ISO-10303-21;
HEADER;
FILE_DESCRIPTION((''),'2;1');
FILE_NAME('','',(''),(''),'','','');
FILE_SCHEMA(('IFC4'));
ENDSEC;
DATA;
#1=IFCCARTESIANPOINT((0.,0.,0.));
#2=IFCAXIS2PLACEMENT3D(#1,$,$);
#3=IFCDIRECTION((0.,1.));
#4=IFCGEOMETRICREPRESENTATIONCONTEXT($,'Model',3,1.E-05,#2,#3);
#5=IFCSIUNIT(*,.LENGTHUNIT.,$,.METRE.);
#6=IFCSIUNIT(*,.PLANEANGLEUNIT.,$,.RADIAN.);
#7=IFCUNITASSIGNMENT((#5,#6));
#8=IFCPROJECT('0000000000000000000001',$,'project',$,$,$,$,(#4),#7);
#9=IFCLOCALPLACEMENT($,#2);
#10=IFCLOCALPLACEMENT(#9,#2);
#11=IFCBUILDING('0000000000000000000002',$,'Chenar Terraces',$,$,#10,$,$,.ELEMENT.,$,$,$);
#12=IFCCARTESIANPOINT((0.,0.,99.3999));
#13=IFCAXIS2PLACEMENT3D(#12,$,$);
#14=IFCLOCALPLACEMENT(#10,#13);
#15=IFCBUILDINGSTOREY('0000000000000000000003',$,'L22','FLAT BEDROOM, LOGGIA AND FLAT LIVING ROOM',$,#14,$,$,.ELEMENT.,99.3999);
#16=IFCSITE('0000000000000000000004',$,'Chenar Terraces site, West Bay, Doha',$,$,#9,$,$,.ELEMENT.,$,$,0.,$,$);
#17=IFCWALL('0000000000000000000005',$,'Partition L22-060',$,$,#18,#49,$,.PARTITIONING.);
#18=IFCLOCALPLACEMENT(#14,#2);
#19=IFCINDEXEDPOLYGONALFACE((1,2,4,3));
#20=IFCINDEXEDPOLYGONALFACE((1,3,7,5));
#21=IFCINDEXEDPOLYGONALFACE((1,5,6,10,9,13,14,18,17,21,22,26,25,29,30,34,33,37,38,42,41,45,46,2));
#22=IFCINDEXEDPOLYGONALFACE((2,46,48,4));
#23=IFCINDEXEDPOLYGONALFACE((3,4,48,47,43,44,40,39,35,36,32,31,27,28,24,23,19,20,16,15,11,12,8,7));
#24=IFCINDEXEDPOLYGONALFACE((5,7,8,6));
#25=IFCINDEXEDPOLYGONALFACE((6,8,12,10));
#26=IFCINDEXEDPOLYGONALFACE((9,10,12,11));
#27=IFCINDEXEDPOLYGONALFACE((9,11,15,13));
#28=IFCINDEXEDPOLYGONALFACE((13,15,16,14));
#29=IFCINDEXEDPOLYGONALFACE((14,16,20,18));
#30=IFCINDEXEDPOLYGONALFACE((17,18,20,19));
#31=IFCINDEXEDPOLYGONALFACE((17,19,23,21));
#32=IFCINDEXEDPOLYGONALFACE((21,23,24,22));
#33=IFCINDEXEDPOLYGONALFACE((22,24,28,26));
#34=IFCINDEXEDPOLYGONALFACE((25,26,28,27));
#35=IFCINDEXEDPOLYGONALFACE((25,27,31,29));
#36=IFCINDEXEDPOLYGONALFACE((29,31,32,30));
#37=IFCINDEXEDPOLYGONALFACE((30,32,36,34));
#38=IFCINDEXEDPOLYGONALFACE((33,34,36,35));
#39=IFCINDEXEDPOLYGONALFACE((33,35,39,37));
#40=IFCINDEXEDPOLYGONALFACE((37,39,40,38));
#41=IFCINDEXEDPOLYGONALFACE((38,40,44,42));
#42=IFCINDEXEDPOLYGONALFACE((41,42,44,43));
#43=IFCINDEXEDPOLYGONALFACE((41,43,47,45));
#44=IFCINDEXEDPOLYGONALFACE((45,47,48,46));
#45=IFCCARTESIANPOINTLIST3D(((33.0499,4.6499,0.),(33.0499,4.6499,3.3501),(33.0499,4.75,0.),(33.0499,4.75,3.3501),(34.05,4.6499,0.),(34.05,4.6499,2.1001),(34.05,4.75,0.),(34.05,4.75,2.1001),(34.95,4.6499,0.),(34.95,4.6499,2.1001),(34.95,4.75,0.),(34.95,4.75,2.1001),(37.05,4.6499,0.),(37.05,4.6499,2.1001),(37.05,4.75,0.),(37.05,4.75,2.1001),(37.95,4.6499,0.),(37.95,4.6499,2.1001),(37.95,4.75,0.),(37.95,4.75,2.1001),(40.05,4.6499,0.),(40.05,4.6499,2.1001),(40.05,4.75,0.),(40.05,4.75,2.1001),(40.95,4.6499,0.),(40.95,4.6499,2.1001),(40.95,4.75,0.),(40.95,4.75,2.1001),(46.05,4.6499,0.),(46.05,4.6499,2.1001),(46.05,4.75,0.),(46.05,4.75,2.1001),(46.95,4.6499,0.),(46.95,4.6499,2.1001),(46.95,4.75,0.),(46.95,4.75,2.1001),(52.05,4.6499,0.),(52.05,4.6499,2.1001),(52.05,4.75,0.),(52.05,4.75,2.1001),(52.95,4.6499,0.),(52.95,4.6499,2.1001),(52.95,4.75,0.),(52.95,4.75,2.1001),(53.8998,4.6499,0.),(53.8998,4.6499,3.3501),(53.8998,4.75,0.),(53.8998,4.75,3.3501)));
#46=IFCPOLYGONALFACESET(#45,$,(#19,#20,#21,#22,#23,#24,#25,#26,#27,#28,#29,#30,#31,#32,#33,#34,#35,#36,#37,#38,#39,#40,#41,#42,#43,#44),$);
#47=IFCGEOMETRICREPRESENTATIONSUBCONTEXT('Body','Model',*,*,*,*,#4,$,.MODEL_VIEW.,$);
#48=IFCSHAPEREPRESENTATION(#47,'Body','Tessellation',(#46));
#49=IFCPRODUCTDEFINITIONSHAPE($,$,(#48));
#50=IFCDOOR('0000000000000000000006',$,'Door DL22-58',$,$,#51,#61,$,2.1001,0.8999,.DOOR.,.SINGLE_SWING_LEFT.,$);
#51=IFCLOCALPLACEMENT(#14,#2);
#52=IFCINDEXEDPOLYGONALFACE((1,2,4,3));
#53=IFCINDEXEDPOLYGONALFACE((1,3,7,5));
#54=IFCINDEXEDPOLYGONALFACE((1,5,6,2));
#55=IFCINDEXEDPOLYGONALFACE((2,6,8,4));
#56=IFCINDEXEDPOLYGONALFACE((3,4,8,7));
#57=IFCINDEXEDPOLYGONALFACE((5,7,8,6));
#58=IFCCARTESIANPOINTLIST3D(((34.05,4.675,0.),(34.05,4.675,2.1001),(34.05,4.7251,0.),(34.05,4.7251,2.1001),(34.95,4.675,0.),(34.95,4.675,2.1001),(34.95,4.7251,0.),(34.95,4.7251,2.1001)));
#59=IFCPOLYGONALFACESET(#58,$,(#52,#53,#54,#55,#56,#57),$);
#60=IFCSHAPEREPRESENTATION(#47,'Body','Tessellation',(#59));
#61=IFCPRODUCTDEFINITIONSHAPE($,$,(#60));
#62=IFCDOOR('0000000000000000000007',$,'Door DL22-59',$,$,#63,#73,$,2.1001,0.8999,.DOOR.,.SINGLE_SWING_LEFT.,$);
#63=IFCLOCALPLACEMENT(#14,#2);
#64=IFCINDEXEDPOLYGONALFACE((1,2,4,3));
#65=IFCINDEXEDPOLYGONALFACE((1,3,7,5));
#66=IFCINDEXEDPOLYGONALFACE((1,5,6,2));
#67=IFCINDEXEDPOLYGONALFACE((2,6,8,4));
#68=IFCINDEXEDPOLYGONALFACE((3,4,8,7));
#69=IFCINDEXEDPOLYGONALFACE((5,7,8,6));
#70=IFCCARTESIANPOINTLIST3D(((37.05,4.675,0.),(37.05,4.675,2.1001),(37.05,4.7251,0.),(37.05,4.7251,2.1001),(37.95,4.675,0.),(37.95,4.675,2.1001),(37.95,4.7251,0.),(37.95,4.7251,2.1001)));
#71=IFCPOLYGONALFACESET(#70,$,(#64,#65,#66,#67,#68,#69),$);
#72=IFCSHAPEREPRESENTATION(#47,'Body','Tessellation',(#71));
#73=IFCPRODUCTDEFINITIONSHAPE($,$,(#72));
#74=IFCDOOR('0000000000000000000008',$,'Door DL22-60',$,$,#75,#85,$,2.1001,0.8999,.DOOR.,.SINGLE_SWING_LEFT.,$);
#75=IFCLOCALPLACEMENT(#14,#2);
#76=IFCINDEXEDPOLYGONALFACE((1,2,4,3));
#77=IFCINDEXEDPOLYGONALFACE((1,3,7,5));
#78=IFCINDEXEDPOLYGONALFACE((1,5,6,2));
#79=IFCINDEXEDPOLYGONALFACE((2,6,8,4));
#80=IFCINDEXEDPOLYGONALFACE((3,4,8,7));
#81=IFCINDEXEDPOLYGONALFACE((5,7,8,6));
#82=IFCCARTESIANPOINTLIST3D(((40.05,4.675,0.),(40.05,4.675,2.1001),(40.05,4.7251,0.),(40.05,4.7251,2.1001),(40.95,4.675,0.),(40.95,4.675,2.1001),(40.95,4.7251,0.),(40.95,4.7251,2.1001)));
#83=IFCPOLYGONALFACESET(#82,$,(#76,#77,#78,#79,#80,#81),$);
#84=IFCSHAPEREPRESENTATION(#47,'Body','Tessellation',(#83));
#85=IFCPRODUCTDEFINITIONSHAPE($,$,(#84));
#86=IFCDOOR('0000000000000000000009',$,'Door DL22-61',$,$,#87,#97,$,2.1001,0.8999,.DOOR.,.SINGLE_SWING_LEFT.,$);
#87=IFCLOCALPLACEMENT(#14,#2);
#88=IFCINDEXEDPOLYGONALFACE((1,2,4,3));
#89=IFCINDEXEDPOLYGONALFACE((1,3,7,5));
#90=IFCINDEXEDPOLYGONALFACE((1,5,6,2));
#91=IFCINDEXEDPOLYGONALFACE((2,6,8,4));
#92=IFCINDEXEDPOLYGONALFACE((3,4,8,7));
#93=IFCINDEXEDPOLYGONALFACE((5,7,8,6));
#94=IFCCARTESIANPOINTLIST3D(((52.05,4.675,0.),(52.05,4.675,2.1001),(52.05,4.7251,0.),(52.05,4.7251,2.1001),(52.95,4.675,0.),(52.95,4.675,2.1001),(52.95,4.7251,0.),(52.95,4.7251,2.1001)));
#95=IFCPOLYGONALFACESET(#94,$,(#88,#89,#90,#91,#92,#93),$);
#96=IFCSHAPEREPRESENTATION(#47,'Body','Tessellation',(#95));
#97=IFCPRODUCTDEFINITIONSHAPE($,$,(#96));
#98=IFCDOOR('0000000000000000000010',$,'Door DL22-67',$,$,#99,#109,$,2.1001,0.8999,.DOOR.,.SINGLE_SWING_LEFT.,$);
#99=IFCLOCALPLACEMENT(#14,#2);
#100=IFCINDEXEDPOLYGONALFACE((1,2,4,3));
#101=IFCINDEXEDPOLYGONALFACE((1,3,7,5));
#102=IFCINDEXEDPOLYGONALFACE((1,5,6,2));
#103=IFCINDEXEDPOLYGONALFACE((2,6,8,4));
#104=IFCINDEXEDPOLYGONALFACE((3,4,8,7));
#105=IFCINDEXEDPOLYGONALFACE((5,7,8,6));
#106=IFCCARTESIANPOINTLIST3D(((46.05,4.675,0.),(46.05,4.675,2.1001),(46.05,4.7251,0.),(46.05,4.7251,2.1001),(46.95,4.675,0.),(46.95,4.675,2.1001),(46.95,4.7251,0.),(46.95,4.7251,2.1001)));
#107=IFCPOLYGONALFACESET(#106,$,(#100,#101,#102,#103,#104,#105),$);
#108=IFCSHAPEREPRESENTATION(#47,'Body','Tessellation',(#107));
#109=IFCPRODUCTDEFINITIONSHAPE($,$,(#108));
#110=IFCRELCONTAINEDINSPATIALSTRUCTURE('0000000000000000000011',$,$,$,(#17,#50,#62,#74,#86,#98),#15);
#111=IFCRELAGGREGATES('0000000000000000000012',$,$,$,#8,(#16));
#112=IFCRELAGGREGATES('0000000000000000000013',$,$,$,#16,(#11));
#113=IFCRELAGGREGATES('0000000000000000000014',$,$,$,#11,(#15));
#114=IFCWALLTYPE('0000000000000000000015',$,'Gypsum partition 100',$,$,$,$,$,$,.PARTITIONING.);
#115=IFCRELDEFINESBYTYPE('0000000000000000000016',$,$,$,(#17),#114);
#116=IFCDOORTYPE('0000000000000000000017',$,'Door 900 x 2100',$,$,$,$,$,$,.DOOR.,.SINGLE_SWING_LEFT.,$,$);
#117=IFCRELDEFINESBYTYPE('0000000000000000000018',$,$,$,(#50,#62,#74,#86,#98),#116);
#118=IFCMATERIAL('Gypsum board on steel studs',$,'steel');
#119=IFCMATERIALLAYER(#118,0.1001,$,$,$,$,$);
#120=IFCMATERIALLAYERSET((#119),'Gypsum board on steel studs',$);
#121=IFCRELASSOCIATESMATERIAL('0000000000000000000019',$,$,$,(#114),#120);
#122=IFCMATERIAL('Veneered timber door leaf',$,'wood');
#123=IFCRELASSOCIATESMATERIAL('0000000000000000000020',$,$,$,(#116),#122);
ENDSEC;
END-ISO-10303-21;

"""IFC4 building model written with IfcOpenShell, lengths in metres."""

from ifc_helpers import new_model, si_unit, direction, frame, frame_2d, origin, place, context, subcontext, project, spatial, rectangle, extrude, material, layer, layer_set, type_object, element, fill, save


model = new_model("IFC4")

# Units and contexts
model_context = context("Model", 3, precision=1e-05, world=origin(), true_north=direction((0.0, 1.0)))
body_context = subcontext(model_context, "Body", "Model", "MODEL_VIEW")
ifc_project = project(units=[si_unit("LENGTHUNIT", "METRE"), si_unit("PLANEANGLEUNIT", "RADIAN")], contexts=[model_context])

# Site, building, storey
site_placement = place(None, origin())
site = spatial("IfcSite", under=ifc_project, at=site_placement, Name="Chenar Terraces site, West Bay, Doha", CompositionType="ELEMENT", RefElevation=0.0)
building_placement = place(site_placement, origin())
building = spatial("IfcBuilding", under=site, at=building_placement, Name="Chenar Terraces", CompositionType="ELEMENT")
storey_placement = place(building_placement, frame((0.0, 0.0, 99.3999)))
storey = spatial("IfcBuildingStorey", under=building, at=storey_placement, Name="L22", Description="FLAT BEDROOM, LOGGIA AND FLAT LIVING ROOM", CompositionType="ELEMENT", Elevation=99.3999)

# Wall, openings, doors
ifc_material_1 = material(Name="Gypsum board on steel studs", Category="steel")
ifc_layer_1 = layer(ifc_material_1, 0.1001)
ifc_layer_set_1 = layer_set([ifc_layer_1], Name="Gypsum board on steel studs")
wall_type_1 = type_object("IfcWallType", Name="Gypsum partition 100", PredefinedType="PARTITIONING", material=ifc_layer_set_1)
wall_1_placement = place(storey_placement, frame((33.05, 4.7, 0.0), z_axis=(0.0, 0.0, 1.0), x_axis=(1.0, 0.0, 0.0)))
wall_1 = element("IfcWall", 1, at=wall_1_placement, inside=storey, type_object=wall_type_1, Name="Partition L22-060", PredefinedType="PARTITIONING", context=body_context, shape_type="SweptSolid", body=[
    extrude(rectangle(XDim=20.8499, YDim=0.1001, at=frame_2d((10.4248, 0.0))), origin(), (0.0, 0.0, 1.0), 3.3501),
])
opening_1_placement = place(wall_1_placement, frame((1.0, 0.0, 0.0)))
opening_1 = element("IfcOpeningElement", 2, at=opening_1_placement, cuts=wall_1, PredefinedType="OPENING", context=body_context, shape_type="SweptSolid", body=[
    extrude(rectangle(XDim=0.8999, YDim=2.1001, at=frame_2d((0.45, 1.05))), frame((0.0, 0.0601, 0.0), z_axis=(0.0, -1.0, 0.0), x_axis=(1.0, 0.0, 0.0)), (0.0, 0.0, 1.0), 0.1201),
])
opening_2_placement = place(wall_1_placement, frame((4.0, 0.0, 0.0)))
opening_2 = element("IfcOpeningElement", 3, at=opening_2_placement, cuts=wall_1, PredefinedType="OPENING", context=body_context, shape_type="SweptSolid", body=[
    extrude(rectangle(XDim=0.8999, YDim=2.1001, at=frame_2d((0.45, 1.05))), frame((0.0, 0.0601, 0.0), z_axis=(0.0, -1.0, 0.0), x_axis=(1.0, 0.0, 0.0)), (0.0, 0.0, 1.0), 0.1201),
])
opening_3_placement = place(wall_1_placement, frame((7.0, 0.0, 0.0)))
opening_3 = element("IfcOpeningElement", 4, at=opening_3_placement, cuts=wall_1, PredefinedType="OPENING", context=body_context, shape_type="SweptSolid", body=[
    extrude(rectangle(XDim=0.8999, YDim=2.1001, at=frame_2d((0.45, 1.05))), frame((0.0, 0.0601, 0.0), z_axis=(0.0, -1.0, 0.0), x_axis=(1.0, 0.0, 0.0)), (0.0, 0.0, 1.0), 0.1201),
])
opening_4_placement = place(wall_1_placement, frame((19.0, 0.0, 0.0)))
opening_4 = element("IfcOpeningElement", 5, at=opening_4_placement, cuts=wall_1, PredefinedType="OPENING", context=body_context, shape_type="SweptSolid", body=[
    extrude(rectangle(XDim=0.8999, YDim=2.1001, at=frame_2d((0.45, 1.05))), frame((0.0, 0.0601, 0.0), z_axis=(0.0, -1.0, 0.0), x_axis=(1.0, 0.0, 0.0)), (0.0, 0.0, 1.0), 0.1201),
])
opening_5_placement = place(wall_1_placement, frame((13.0, 0.0, 0.0)))
opening_5 = element("IfcOpeningElement", 6, at=opening_5_placement, cuts=wall_1, PredefinedType="OPENING", context=body_context, shape_type="SweptSolid", body=[
    extrude(rectangle(XDim=0.8999, YDim=2.1001, at=frame_2d((0.45, 1.05))), frame((0.0, 0.0601, 0.0), z_axis=(0.0, -1.0, 0.0), x_axis=(1.0, 0.0, 0.0)), (0.0, 0.0, 1.0), 0.1201),
])
ifc_material_2 = material(Name="Veneered timber door leaf", Category="wood")
door_type_1 = type_object("IfcDoorType", Name="Door 900 x 2100", OperationType="SINGLE_SWING_LEFT", PredefinedType="DOOR", material=ifc_material_2)
door_1_placement = place(opening_1_placement, frame((0.8999, 0.0, 0.0), z_axis=(0.0, 0.0, 1.0), x_axis=(-1.0, 0.0, 0.0)))
door_1 = element("IfcDoor", 7, at=door_1_placement, inside=storey, type_object=door_type_1, Name="Door DL22-58", OperationType="SINGLE_SWING_LEFT", OverallHeight=2.1001, OverallWidth=0.8999, PredefinedType="DOOR", context=body_context, shape_type="SweptSolid", body=[
    extrude(rectangle(XDim=0.8999, YDim=2.1001, at=frame_2d((0.45, 1.05))), frame((0.0, 0.0249, 0.0), z_axis=(0.0, -1.0, 0.0), x_axis=(1.0, 0.0, 0.0)), (0.0, 0.0, 1.0), 0.05),
])
fill(opening_1, door_1)
door_2_placement = place(opening_2_placement, frame((0.8999, 0.0, 0.0), z_axis=(0.0, 0.0, 1.0), x_axis=(-1.0, 0.0, 0.0)))
door_2 = element("IfcDoor", 8, at=door_2_placement, inside=storey, type_object=door_type_1, Name="Door DL22-59", OperationType="SINGLE_SWING_LEFT", OverallHeight=2.1001, OverallWidth=0.8999, PredefinedType="DOOR", context=body_context, shape_type="SweptSolid", body=[
    extrude(rectangle(XDim=0.8999, YDim=2.1001, at=frame_2d((0.45, 1.05))), frame((0.0, 0.0249, 0.0), z_axis=(0.0, -1.0, 0.0), x_axis=(1.0, 0.0, 0.0)), (0.0, 0.0, 1.0), 0.05),
])
fill(opening_2, door_2)
door_3_placement = place(opening_3_placement, frame((0.8999, 0.0, 0.0), z_axis=(0.0, 0.0, 1.0), x_axis=(-1.0, 0.0, 0.0)))
door_3 = element("IfcDoor", 9, at=door_3_placement, inside=storey, type_object=door_type_1, Name="Door DL22-60", OperationType="SINGLE_SWING_LEFT", OverallHeight=2.1001, OverallWidth=0.8999, PredefinedType="DOOR", context=body_context, shape_type="SweptSolid", body=[
    extrude(rectangle(XDim=0.8999, YDim=2.1001, at=frame_2d((0.45, 1.05))), frame((0.0, 0.0249, 0.0), z_axis=(0.0, -1.0, 0.0), x_axis=(1.0, 0.0, 0.0)), (0.0, 0.0, 1.0), 0.05),
])
fill(opening_3, door_3)
door_4_placement = place(opening_4_placement, frame((0.8999, 0.0, 0.0), z_axis=(0.0, 0.0, 1.0), x_axis=(-1.0, 0.0, 0.0)))
door_4 = element("IfcDoor", 10, at=door_4_placement, inside=storey, type_object=door_type_1, Name="Door DL22-61", OperationType="SINGLE_SWING_LEFT", OverallHeight=2.1001, OverallWidth=0.8999, PredefinedType="DOOR", context=body_context, shape_type="SweptSolid", body=[
    extrude(rectangle(XDim=0.8999, YDim=2.1001, at=frame_2d((0.45, 1.05))), frame((0.0, 0.0249, 0.0), z_axis=(0.0, -1.0, 0.0), x_axis=(1.0, 0.0, 0.0)), (0.0, 0.0, 1.0), 0.05),
])
fill(opening_4, door_4)
door_5_placement = place(opening_5_placement, frame((0.8999, 0.0, 0.0), z_axis=(0.0, 0.0, 1.0), x_axis=(-1.0, 0.0, 0.0)))
door_5 = element("IfcDoor", 11, at=door_5_placement, inside=storey, type_object=door_type_1, Name="Door DL22-67", OperationType="SINGLE_SWING_LEFT", OverallHeight=2.1001, OverallWidth=0.8999, PredefinedType="DOOR", context=body_context, shape_type="SweptSolid", body=[
    extrude(rectangle(XDim=0.8999, YDim=2.1001, at=frame_2d((0.45, 1.05))), frame((0.0, 0.0249, 0.0), z_axis=(0.0, -1.0, 0.0), x_axis=(1.0, 0.0, 0.0)), (0.0, 0.0, 1.0), 0.05),
])
fill(opening_5, door_5)

save(model, "model.ifc")
